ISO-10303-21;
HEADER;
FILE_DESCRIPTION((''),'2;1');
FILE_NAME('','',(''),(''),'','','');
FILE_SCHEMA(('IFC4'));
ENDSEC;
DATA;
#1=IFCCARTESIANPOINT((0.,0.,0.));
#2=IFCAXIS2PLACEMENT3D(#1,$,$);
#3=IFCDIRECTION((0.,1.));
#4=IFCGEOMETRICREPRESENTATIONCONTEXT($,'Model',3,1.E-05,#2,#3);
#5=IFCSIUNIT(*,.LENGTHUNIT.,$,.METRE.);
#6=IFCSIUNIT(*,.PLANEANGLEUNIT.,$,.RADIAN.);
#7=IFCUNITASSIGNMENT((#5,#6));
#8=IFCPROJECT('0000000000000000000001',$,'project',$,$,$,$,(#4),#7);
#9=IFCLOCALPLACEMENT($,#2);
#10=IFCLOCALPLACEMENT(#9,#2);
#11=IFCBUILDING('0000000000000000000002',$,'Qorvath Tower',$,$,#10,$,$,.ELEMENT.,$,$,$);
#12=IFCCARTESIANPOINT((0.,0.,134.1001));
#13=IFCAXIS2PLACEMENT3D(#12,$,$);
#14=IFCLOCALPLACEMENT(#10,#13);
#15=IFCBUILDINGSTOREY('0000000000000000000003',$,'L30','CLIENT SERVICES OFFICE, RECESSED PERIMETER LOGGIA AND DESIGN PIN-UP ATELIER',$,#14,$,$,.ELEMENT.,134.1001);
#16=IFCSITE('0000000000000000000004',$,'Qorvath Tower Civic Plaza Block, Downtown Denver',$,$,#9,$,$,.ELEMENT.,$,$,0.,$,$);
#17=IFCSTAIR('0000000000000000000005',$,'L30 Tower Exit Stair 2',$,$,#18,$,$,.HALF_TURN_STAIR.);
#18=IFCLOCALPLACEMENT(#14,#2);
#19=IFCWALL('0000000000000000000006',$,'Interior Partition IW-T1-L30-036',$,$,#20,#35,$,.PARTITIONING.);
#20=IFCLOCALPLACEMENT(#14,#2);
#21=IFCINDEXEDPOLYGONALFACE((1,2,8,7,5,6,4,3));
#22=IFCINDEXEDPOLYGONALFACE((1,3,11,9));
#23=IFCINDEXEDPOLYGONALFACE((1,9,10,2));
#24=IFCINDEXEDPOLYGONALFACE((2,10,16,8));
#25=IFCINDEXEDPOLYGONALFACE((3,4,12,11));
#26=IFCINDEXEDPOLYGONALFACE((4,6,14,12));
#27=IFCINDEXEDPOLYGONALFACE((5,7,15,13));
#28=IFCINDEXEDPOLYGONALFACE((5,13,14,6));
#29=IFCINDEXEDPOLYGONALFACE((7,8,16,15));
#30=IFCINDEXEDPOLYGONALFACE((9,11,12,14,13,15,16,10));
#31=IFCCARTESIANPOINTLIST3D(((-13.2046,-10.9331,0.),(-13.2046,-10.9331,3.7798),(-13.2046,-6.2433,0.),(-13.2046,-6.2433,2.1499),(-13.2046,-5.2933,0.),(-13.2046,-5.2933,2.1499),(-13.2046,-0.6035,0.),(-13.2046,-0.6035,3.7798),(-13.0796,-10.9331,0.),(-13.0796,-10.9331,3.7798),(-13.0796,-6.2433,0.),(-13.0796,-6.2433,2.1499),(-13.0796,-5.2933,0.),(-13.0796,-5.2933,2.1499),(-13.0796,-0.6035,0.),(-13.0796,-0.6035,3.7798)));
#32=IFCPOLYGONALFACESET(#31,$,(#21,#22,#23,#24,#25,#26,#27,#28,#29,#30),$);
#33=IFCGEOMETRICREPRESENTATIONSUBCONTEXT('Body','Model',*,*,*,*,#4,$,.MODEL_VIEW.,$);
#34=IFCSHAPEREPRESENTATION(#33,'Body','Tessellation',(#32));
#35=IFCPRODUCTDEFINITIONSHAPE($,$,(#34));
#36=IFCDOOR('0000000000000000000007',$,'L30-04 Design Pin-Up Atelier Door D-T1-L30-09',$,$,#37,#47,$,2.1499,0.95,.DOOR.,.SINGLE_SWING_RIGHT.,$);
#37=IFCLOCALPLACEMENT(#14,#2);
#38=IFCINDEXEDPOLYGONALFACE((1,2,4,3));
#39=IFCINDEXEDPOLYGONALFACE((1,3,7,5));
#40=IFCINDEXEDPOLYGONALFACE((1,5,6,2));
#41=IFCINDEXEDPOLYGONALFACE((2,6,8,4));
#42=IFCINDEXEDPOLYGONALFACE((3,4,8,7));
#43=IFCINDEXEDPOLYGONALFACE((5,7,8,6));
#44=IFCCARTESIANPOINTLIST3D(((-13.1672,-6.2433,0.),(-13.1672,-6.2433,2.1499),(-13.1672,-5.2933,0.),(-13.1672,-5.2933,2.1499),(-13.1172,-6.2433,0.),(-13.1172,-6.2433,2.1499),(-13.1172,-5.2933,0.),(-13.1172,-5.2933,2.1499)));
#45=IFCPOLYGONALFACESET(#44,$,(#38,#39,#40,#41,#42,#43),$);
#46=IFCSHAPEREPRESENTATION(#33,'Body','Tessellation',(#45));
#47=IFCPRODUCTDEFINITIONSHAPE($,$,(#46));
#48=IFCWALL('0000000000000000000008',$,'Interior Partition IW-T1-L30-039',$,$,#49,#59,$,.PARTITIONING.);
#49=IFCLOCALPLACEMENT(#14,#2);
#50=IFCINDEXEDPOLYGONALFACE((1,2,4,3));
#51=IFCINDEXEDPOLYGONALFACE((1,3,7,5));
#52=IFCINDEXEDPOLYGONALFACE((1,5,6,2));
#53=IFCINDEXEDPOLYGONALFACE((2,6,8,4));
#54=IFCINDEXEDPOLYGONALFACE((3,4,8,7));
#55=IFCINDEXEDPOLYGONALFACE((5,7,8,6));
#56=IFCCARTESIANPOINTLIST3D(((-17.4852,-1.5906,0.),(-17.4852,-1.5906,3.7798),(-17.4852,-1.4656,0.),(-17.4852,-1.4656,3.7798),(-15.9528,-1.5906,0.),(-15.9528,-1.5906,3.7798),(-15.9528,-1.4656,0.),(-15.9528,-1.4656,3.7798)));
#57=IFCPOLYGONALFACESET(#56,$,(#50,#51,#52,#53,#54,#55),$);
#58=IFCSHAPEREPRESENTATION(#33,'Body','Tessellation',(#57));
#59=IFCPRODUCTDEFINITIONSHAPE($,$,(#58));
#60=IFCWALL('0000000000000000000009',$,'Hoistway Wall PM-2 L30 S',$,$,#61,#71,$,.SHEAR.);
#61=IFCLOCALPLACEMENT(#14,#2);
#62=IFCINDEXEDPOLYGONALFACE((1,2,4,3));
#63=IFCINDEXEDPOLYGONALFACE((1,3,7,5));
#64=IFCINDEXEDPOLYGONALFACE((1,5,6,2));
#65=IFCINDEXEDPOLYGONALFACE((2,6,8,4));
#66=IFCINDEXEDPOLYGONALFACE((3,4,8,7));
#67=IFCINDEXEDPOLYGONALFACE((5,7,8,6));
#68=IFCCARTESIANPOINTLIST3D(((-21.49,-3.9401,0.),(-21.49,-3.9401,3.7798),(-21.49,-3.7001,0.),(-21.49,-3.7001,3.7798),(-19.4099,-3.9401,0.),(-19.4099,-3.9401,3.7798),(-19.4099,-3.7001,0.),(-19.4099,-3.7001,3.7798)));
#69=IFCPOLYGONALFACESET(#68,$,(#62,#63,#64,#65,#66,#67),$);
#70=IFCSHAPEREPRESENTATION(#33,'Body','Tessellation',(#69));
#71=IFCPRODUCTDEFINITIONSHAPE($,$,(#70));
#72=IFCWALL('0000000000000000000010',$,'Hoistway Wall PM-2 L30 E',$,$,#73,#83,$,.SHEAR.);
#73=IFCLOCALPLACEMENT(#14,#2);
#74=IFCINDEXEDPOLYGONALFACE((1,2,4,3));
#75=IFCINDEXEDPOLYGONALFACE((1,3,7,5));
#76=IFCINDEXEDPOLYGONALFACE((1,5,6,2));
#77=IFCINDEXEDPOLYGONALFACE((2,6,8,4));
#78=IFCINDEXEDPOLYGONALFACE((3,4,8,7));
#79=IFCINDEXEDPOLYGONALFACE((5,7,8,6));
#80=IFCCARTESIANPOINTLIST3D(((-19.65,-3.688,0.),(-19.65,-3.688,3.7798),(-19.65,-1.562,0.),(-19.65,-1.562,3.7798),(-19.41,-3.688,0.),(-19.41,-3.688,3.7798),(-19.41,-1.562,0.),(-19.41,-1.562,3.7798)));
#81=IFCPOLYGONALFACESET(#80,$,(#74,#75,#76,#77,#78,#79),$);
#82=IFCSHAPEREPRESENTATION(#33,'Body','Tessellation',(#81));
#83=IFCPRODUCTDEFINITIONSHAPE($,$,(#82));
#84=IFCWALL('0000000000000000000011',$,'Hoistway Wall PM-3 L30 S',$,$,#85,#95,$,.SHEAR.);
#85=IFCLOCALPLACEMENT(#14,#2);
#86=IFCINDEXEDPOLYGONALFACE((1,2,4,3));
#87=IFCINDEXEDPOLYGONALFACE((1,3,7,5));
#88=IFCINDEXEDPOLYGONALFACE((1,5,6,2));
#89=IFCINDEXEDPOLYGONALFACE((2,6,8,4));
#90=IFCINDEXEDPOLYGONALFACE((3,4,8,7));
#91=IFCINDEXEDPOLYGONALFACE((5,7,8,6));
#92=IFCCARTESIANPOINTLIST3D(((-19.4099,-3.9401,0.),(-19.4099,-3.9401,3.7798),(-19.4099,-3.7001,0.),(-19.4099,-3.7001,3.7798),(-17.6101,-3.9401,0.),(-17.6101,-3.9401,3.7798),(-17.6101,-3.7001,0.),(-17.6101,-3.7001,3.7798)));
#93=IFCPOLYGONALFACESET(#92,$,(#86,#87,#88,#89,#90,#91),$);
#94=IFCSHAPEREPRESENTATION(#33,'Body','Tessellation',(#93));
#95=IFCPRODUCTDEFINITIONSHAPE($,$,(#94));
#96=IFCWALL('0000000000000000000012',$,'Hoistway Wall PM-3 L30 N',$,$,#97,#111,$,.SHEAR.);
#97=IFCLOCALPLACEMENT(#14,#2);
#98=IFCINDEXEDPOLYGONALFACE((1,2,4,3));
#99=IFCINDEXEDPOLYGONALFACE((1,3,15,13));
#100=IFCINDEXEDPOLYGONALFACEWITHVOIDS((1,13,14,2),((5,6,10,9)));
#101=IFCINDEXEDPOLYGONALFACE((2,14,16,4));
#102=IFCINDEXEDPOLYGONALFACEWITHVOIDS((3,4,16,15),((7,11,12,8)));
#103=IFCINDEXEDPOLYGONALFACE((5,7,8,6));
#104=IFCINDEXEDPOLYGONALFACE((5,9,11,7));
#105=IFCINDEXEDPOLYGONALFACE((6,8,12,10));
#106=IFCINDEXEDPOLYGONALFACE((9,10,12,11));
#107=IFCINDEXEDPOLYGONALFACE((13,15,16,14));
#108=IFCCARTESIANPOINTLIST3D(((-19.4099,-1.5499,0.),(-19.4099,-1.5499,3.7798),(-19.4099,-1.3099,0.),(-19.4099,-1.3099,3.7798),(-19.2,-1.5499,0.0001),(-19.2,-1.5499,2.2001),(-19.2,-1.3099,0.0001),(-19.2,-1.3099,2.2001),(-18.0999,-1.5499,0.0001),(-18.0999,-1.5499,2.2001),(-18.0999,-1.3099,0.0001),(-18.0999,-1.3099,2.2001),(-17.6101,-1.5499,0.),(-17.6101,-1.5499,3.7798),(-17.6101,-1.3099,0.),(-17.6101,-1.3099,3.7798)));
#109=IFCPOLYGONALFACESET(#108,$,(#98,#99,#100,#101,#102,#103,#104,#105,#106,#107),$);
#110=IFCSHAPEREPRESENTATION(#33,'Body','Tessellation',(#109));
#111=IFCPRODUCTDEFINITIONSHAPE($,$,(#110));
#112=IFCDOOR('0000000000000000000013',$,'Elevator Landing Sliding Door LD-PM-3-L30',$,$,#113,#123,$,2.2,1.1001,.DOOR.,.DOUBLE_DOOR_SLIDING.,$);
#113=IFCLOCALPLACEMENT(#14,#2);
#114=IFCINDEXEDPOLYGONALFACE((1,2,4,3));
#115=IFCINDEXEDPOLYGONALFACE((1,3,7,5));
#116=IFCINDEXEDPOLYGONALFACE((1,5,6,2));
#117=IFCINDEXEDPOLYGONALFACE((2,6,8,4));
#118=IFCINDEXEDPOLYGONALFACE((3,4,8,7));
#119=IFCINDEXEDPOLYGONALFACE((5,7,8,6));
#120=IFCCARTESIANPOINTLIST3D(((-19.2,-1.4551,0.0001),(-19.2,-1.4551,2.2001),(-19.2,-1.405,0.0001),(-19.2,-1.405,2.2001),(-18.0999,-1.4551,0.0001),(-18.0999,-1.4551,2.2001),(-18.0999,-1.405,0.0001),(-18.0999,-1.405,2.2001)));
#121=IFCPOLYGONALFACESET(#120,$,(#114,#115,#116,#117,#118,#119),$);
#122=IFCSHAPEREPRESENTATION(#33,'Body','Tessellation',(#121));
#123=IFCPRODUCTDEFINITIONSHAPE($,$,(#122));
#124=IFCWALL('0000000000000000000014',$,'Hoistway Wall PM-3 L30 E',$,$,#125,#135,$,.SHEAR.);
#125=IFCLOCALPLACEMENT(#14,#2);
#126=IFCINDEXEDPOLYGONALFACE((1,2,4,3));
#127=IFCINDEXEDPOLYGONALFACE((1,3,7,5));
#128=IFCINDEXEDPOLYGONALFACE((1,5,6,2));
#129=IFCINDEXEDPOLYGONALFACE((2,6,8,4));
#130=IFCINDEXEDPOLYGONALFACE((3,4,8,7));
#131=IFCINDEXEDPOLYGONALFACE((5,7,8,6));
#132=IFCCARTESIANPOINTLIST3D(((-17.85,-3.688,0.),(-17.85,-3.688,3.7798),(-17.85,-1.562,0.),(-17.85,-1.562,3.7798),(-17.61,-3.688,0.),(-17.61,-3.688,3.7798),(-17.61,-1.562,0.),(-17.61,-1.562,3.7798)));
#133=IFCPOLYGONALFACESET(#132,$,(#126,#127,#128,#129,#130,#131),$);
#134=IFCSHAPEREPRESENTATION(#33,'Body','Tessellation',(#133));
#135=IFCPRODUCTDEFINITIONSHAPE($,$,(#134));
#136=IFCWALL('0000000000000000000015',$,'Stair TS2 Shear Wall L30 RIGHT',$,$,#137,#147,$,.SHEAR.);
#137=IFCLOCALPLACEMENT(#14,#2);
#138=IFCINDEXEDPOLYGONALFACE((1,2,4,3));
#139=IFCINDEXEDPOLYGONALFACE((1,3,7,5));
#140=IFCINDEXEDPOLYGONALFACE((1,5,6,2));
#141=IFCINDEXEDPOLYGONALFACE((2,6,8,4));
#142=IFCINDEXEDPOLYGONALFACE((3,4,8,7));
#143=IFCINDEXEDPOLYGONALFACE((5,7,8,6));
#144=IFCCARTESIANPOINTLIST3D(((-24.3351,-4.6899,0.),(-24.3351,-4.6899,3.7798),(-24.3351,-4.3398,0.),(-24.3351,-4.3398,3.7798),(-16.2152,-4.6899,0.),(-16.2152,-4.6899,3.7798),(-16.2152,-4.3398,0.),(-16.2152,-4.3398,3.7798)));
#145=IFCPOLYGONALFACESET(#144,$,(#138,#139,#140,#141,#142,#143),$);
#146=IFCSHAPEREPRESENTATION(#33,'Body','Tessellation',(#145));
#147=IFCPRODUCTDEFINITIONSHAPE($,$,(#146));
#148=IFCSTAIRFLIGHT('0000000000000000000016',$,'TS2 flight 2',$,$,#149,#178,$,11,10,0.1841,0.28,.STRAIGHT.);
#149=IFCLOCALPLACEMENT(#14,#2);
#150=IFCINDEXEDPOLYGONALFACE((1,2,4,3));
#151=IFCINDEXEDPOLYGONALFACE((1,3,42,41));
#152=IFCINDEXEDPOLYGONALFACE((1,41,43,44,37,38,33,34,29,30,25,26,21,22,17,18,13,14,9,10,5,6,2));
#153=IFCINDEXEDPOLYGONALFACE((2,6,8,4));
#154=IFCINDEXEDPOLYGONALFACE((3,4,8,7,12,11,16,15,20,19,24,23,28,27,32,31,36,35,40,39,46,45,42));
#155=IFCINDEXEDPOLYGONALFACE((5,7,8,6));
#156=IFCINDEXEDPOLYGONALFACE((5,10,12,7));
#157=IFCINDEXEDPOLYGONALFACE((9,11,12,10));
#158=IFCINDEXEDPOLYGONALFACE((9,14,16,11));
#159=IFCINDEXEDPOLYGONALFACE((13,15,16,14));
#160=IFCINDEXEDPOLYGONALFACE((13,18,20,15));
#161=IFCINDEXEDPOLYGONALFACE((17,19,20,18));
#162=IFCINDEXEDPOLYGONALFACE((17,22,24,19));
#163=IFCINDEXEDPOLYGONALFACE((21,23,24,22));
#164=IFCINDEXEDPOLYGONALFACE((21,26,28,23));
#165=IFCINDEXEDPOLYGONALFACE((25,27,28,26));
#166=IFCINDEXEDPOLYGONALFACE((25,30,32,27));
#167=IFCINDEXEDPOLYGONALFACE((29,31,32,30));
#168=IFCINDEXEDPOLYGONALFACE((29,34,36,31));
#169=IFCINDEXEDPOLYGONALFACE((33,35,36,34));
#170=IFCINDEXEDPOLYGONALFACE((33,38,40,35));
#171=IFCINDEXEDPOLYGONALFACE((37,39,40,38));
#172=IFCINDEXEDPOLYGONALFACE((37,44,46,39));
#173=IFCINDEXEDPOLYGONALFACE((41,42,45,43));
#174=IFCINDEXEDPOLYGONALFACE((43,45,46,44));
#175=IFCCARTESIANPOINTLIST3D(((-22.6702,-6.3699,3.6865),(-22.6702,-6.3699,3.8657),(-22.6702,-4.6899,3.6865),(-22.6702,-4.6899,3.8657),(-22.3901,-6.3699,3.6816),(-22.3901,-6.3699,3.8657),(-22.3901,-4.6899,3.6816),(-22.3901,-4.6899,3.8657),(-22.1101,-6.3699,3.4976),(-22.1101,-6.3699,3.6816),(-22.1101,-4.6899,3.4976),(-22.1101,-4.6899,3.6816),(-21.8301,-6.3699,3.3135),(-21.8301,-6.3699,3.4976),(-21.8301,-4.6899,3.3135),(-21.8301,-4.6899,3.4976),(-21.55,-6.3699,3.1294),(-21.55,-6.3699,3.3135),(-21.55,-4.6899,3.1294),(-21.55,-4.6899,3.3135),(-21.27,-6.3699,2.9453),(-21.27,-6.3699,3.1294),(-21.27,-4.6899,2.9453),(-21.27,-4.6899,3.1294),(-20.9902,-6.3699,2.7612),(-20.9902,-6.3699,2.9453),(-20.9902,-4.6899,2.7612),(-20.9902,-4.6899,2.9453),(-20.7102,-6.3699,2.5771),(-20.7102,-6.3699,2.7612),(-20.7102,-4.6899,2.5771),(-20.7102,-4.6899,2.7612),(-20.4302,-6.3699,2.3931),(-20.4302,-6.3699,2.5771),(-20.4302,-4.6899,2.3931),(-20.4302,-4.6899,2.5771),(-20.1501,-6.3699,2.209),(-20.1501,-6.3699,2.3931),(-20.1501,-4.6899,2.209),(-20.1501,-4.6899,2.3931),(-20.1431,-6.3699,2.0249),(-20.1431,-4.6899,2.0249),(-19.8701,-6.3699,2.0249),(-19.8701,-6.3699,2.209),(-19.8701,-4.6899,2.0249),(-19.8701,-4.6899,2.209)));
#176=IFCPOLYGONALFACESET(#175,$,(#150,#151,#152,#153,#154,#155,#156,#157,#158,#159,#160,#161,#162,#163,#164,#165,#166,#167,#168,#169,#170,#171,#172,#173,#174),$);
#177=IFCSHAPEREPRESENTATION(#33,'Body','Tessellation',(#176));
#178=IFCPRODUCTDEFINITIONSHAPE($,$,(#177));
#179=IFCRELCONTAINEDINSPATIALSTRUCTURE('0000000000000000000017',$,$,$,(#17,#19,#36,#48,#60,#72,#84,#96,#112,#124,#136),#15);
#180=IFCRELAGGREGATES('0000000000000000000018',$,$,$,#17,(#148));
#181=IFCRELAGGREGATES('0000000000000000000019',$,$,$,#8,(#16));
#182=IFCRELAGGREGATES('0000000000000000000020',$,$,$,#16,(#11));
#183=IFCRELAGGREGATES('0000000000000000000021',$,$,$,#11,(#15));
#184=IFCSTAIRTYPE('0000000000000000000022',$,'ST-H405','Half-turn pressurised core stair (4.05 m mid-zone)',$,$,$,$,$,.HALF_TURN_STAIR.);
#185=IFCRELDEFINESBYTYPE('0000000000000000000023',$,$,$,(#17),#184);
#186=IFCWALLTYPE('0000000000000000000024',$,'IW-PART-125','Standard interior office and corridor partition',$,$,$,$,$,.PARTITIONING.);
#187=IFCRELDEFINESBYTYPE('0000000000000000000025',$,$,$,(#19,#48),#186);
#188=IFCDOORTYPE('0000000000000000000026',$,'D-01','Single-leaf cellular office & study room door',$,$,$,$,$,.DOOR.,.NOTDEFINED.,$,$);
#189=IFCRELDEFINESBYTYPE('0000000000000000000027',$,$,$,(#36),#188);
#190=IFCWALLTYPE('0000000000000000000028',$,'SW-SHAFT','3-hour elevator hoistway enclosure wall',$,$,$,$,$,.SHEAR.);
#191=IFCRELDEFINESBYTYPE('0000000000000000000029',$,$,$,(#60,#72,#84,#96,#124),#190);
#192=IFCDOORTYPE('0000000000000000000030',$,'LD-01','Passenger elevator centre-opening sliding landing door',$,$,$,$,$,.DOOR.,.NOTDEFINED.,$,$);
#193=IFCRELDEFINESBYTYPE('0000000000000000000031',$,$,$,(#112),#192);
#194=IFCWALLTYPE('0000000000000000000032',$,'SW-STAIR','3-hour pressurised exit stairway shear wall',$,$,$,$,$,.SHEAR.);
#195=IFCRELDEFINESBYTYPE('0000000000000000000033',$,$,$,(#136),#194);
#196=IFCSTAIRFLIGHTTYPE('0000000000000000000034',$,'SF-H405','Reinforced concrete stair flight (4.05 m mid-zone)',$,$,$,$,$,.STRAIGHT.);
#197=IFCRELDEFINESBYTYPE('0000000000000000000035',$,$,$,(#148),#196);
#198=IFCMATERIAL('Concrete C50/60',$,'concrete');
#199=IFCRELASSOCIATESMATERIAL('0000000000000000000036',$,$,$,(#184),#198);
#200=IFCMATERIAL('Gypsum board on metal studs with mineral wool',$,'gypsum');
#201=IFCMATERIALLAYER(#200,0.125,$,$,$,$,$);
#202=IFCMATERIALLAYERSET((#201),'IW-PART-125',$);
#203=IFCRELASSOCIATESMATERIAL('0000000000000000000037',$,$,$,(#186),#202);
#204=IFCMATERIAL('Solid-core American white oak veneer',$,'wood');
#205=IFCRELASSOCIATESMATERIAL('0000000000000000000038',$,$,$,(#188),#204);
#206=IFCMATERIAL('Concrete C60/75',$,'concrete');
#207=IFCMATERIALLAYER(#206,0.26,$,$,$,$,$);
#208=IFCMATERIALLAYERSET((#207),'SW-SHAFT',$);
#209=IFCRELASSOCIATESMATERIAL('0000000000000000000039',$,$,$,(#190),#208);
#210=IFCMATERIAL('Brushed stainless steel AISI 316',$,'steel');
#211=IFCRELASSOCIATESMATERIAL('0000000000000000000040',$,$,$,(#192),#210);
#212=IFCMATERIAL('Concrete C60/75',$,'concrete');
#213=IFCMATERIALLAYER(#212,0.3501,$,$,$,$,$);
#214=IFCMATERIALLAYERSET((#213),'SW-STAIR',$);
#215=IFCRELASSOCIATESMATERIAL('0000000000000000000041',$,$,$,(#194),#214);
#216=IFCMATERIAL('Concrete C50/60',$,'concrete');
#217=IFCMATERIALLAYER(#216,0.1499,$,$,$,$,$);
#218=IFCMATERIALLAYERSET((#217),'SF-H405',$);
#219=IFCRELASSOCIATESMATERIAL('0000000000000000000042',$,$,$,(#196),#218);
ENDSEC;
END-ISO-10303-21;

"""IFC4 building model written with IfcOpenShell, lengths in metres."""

from ifc_helpers import new_model, si_unit, direction, frame, frame_2d, origin, place, context, subcontext, project, spatial, polyline, rectangle, outline, extrude, material, layer, layer_set, type_object, element, fill, aggregate, save


model = new_model("IFC4")

# Units and contexts
model_context = context("Model", 3, precision=1e-05, world=origin(), true_north=direction((0.0, 1.0)))
body_context = subcontext(model_context, "Body", "Model", "MODEL_VIEW")
ifc_project = project(units=[si_unit("LENGTHUNIT", "METRE"), si_unit("PLANEANGLEUNIT", "RADIAN")], contexts=[model_context])

# Site, building, storey
site_placement = place(None, origin())
site = spatial("IfcSite", under=ifc_project, at=site_placement, Name="Qorvath Tower Civic Plaza Block, Downtown Denver", CompositionType="ELEMENT", RefElevation=0.0)
building_placement = place(site_placement, origin())
building = spatial("IfcBuilding", under=site, at=building_placement, Name="Qorvath Tower", CompositionType="ELEMENT")
storey_placement = place(building_placement, frame((0.0, 0.0, 134.1001)))
storey = spatial("IfcBuildingStorey", under=building, at=storey_placement, Name="L30", Description="CLIENT SERVICES OFFICE, RECESSED PERIMETER LOGGIA AND DESIGN PIN-UP ATELIER", CompositionType="ELEMENT", Elevation=134.1001)

# Stair
ifc_material_1 = material(Name="Concrete C50/60", Category="concrete")
stair_type = type_object("IfcStairType", Name="ST-H405", Description="Half-turn pressurised core stair (4.05 m mid-zone)", PredefinedType="HALF_TURN_STAIR", material=ifc_material_1)
stair_1_placement = place(storey_placement, origin())
stair_1 = element("IfcStair", 1, at=stair_1_placement, inside=storey, type_object=stair_type, Name="L30 Tower Exit Stair 2", PredefinedType="HALF_TURN_STAIR")

# Wall, opening, door
ifc_material_2 = material(Name="Gypsum board on metal studs with mineral wool", Category="gypsum")
ifc_layer_1 = layer(ifc_material_2, 0.125)
ifc_layer_set_1 = layer_set([ifc_layer_1], Name="IW-PART-125")
wall_type_1 = type_object("IfcWallType", Name="IW-PART-125", Description="Standard interior office and corridor partition", PredefinedType="PARTITIONING", material=ifc_layer_set_1)
wall_1_placement = place(storey_placement, frame((-13.1421, -0.6035, 0.0), z_axis=(0.0, 0.0, 1.0), x_axis=(0.0, -1.0, 0.0)))
wall_1 = element("IfcWall", 2, at=wall_1_placement, inside=storey, type_object=wall_type_1, Name="Interior Partition IW-T1-L30-036", PredefinedType="PARTITIONING", context=body_context, shape_type="SweptSolid", body=[
    extrude(rectangle(XDim=10.3296, YDim=0.125, at=frame_2d((5.1648, 0.0))), origin(), (0.0, 0.0, 1.0), 3.7798),
])
opening_1_placement = place(wall_1_placement, frame((4.6897, 0.0, 0.0)))
opening_1 = element("IfcOpeningElement", 3, at=opening_1_placement, cuts=wall_1, PredefinedType="OPENING", context=body_context, shape_type="SweptSolid", body=[
    extrude(rectangle(XDim=0.95, YDim=2.1499, at=frame_2d((0.4751, 1.075))), frame((0.0, 0.0725, 0.0), z_axis=(0.0, -1.0, 0.0), x_axis=(1.0, 0.0, 0.0)), (0.0, 0.0, 1.0), 0.145),
])
ifc_material_3 = material(Name="Solid-core American white oak veneer", Category="wood")
door_type_1 = type_object("IfcDoorType", Name="D-01", Description="Single-leaf cellular office & study room door", OperationType="NOTDEFINED", PredefinedType="DOOR", material=ifc_material_3)
door_1_placement = place(opening_1_placement, origin())
door_1 = element("IfcDoor", 4, at=door_1_placement, inside=storey, type_object=door_type_1, Name="L30-04 Design Pin-Up Atelier Door D-T1-L30-09", OperationType="SINGLE_SWING_RIGHT", OverallHeight=2.1499, OverallWidth=0.95, PredefinedType="DOOR", context=body_context, shape_type="SweptSolid", body=[
    extrude(rectangle(XDim=0.95, YDim=2.1499, at=frame_2d((0.4751, 1.075))), frame((0.0, 0.0249, 0.0), z_axis=(0.0, -1.0, 0.0), x_axis=(1.0, 0.0, 0.0)), (0.0, 0.0, 1.0), 0.05),
])
fill(opening_1, door_1)

# Walls
wall_2_placement = place(storey_placement, frame((-15.9529, -1.5281, 0.0), z_axis=(0.0, 0.0, 1.0), x_axis=(-1.0, 0.0, 0.0)))
element("IfcWall", 5, at=wall_2_placement, inside=storey, type_object=wall_type_1, Name="Interior Partition IW-T1-L30-039", PredefinedType="PARTITIONING", context=body_context, shape_type="SweptSolid", body=[
    extrude(rectangle(XDim=1.5325, YDim=0.125, at=frame_2d((0.7661, 0.0))), origin(), (0.0, 0.0, 1.0), 3.7798),
])
ifc_material_4 = material(Name="Concrete C60/75", Category="concrete")
ifc_layer_2 = layer(ifc_material_4, 0.26)
ifc_layer_set_2 = layer_set([ifc_layer_2], Name="SW-SHAFT")
wall_type_2 = type_object("IfcWallType", Name="SW-SHAFT", Description="3-hour elevator hoistway enclosure wall", PredefinedType="SHEAR", material=ifc_layer_set_2)
wall_3_placement = place(storey_placement, frame((-19.4099, -3.8201, 0.0), z_axis=(0.0, 0.0, 1.0), x_axis=(-1.0, 0.0, 0.0)))
element("IfcWall", 6, at=wall_3_placement, inside=storey, type_object=wall_type_2, Name="Hoistway Wall PM-2 L30 S", PredefinedType="SHEAR", context=body_context, shape_type="SweptSolid", body=[
    extrude(rectangle(XDim=2.0801, YDim=0.24, at=frame_2d((1.04, 0.0))), origin(), (0.0, 0.0, 1.0), 3.7798),
])
wall_4_placement = place(storey_placement, frame((-19.53, -1.562, 0.0), z_axis=(0.0, 0.0, 1.0), x_axis=(0.0, -1.0, 0.0)))
element("IfcWall", 7, at=wall_4_placement, inside=storey, type_object=wall_type_2, Name="Hoistway Wall PM-2 L30 E", PredefinedType="SHEAR", context=body_context, shape_type="SweptSolid", body=[
    extrude(rectangle(XDim=2.126, YDim=0.24, at=frame_2d((1.063, 0.0))), origin(), (0.0, 0.0, 1.0), 3.7798),
])
wall_5_placement = place(storey_placement, frame((-17.6101, -3.8201, 0.0), z_axis=(0.0, 0.0, 1.0), x_axis=(-1.0, 0.0, 0.0)))
element("IfcWall", 8, at=wall_5_placement, inside=storey, type_object=wall_type_2, Name="Hoistway Wall PM-3 L30 S", PredefinedType="SHEAR", context=body_context, shape_type="SweptSolid", body=[
    extrude(rectangle(XDim=1.7998, YDim=0.24, at=frame_2d((0.8999, 0.0))), origin(), (0.0, 0.0, 1.0), 3.7798),
])

# Wall, opening, door
wall_6_placement = place(storey_placement, frame((-19.4099, -1.4299, 0.0), z_axis=(0.0, 0.0, 1.0), x_axis=(1.0, 0.0, 0.0)))
wall_6 = element("IfcWall", 9, at=wall_6_placement, inside=storey, type_object=wall_type_2, Name="Hoistway Wall PM-3 L30 N", PredefinedType="SHEAR", context=body_context, shape_type="SweptSolid", body=[
    extrude(rectangle(XDim=1.7998, YDim=0.24, at=frame_2d((0.8999, 0.0))), origin(), (0.0, 0.0, 1.0), 3.7798),
])
opening_2_placement = place(wall_6_placement, frame((0.21, 0.0, 0.0)))
opening_2 = element("IfcOpeningElement", 10, at=opening_2_placement, cuts=wall_6, PredefinedType="OPENING", context=body_context, shape_type="SweptSolid", body=[
    extrude(rectangle(XDim=1.1001, YDim=2.2, at=frame_2d((0.55, 1.1001))), frame((0.0, 0.1299, 0.0), z_axis=(0.0, -1.0, 0.0), x_axis=(1.0, 0.0, 0.0)), (0.0, 0.0, 1.0), 0.26),
])
ifc_material_5 = material(Name="Brushed stainless steel AISI 316", Category="steel")
door_type_2 = type_object("IfcDoorType", Name="LD-01", Description="Passenger elevator centre-opening sliding landing door", OperationType="NOTDEFINED", PredefinedType="DOOR", material=ifc_material_5)
door_2_placement = place(opening_2_placement, origin())
door_2 = element("IfcDoor", 11, at=door_2_placement, inside=storey, type_object=door_type_2, Name="Elevator Landing Sliding Door LD-PM-3-L30", OperationType="DOUBLE_DOOR_SLIDING", OverallHeight=2.2, OverallWidth=1.1001, PredefinedType="DOOR", context=body_context, shape_type="SweptSolid", body=[
    extrude(rectangle(XDim=1.1001, YDim=2.2, at=frame_2d((0.55, 1.1001))), frame((0.0, 0.0249, 0.0), z_axis=(0.0, -1.0, 0.0), x_axis=(1.0, 0.0, 0.0)), (0.0, 0.0, 1.0), 0.05),
])
fill(opening_2, door_2)

# Walls
wall_7_placement = place(storey_placement, frame((-17.73, -1.562, 0.0), z_axis=(0.0, 0.0, 1.0), x_axis=(0.0, -1.0, 0.0)))
element("IfcWall", 12, at=wall_7_placement, inside=storey, type_object=wall_type_2, Name="Hoistway Wall PM-3 L30 E", PredefinedType="SHEAR", context=body_context, shape_type="SweptSolid", body=[
    extrude(rectangle(XDim=2.126, YDim=0.24, at=frame_2d((1.063, 0.0))), origin(), (0.0, 0.0, 1.0), 3.7798),
])
ifc_material_6 = material(Name="Concrete C60/75", Category="concrete")
ifc_layer_3 = layer(ifc_material_6, 0.3501)
ifc_layer_set_3 = layer_set([ifc_layer_3], Name="SW-STAIR")
wall_type_3 = type_object("IfcWallType", Name="SW-STAIR", Description="3-hour pressurised exit stairway shear wall", PredefinedType="SHEAR", material=ifc_layer_set_3)
wall_8_placement = place(storey_placement, frame((-16.2151, -4.5149, 0.0), z_axis=(0.0, 0.0, 1.0), x_axis=(-1.0, 0.0, 0.0)))
element("IfcWall", 13, at=wall_8_placement, inside=storey, type_object=wall_type_3, Name="Stair TS2 Shear Wall L30 RIGHT", PredefinedType="SHEAR", context=body_context, shape_type="SweptSolid", body=[
    extrude(rectangle(XDim=8.1199, YDim=0.3501, at=frame_2d((4.0601, 0.0))), origin(), (0.0, 0.0, 1.0), 3.7798),
])

# Stair flight
ifc_material_7 = material(Name="Concrete C50/60", Category="concrete")
ifc_layer_4 = layer(ifc_material_7, 0.1499)
ifc_layer_set_4 = layer_set([ifc_layer_4], Name="SF-H405")
stair_flight_type = type_object("IfcStairFlightType", Name="SF-H405", Description="Reinforced concrete stair flight (4.05 m mid-zone)", PredefinedType="STRAIGHT", material=ifc_layer_set_4)
stair_flight_placement = place(storey_placement, frame((-19.8701, -5.53, 2.0249), z_axis=(0.0, 0.0, 1.0), x_axis=(-1.0, 0.0, 0.0)))
stair_flight = element("IfcStairFlight", 14, at=stair_flight_placement, type_object=stair_flight_type, Name="TS2 flight 2", NumberOfRisers=11, NumberOfTreads=10, PredefinedType="STRAIGHT", RiserHeight=0.1841, TreadLength=0.28, context=body_context, shape_type="SweptSolid", body=[
    extrude(outline(polyline([(0.0, 0.0), (0.0, 0.1841), (0.28, 0.1841), (0.28, 0.3682), (0.5601, 0.3682), (0.5601, 0.5522), (0.8401, 0.5522), (0.8401, 0.7363), (1.1201, 0.7363), (1.1201, 0.9204), (1.3999, 0.9204), (1.3999, 1.1045), (1.6799, 1.1045), (1.6799, 1.2886), (1.96, 1.2886), (1.96, 1.4727), (2.24, 1.4727), (2.24, 1.6567), (2.52, 1.6567), (2.52, 1.8408), (2.8, 1.8408), (2.8, 2.0249), (2.8, 1.6616), (0.2729, 0.0), (0.0, 0.0)])), frame((0.0, 0.8398, 0.0), z_axis=(0.0, -1.0, 0.0), x_axis=(1.0, 0.0, 0.0)), (0.0, 0.0, 1.0), 1.6799),
])
aggregate(stair_1, [stair_flight])

save(model, "model.ifc")
